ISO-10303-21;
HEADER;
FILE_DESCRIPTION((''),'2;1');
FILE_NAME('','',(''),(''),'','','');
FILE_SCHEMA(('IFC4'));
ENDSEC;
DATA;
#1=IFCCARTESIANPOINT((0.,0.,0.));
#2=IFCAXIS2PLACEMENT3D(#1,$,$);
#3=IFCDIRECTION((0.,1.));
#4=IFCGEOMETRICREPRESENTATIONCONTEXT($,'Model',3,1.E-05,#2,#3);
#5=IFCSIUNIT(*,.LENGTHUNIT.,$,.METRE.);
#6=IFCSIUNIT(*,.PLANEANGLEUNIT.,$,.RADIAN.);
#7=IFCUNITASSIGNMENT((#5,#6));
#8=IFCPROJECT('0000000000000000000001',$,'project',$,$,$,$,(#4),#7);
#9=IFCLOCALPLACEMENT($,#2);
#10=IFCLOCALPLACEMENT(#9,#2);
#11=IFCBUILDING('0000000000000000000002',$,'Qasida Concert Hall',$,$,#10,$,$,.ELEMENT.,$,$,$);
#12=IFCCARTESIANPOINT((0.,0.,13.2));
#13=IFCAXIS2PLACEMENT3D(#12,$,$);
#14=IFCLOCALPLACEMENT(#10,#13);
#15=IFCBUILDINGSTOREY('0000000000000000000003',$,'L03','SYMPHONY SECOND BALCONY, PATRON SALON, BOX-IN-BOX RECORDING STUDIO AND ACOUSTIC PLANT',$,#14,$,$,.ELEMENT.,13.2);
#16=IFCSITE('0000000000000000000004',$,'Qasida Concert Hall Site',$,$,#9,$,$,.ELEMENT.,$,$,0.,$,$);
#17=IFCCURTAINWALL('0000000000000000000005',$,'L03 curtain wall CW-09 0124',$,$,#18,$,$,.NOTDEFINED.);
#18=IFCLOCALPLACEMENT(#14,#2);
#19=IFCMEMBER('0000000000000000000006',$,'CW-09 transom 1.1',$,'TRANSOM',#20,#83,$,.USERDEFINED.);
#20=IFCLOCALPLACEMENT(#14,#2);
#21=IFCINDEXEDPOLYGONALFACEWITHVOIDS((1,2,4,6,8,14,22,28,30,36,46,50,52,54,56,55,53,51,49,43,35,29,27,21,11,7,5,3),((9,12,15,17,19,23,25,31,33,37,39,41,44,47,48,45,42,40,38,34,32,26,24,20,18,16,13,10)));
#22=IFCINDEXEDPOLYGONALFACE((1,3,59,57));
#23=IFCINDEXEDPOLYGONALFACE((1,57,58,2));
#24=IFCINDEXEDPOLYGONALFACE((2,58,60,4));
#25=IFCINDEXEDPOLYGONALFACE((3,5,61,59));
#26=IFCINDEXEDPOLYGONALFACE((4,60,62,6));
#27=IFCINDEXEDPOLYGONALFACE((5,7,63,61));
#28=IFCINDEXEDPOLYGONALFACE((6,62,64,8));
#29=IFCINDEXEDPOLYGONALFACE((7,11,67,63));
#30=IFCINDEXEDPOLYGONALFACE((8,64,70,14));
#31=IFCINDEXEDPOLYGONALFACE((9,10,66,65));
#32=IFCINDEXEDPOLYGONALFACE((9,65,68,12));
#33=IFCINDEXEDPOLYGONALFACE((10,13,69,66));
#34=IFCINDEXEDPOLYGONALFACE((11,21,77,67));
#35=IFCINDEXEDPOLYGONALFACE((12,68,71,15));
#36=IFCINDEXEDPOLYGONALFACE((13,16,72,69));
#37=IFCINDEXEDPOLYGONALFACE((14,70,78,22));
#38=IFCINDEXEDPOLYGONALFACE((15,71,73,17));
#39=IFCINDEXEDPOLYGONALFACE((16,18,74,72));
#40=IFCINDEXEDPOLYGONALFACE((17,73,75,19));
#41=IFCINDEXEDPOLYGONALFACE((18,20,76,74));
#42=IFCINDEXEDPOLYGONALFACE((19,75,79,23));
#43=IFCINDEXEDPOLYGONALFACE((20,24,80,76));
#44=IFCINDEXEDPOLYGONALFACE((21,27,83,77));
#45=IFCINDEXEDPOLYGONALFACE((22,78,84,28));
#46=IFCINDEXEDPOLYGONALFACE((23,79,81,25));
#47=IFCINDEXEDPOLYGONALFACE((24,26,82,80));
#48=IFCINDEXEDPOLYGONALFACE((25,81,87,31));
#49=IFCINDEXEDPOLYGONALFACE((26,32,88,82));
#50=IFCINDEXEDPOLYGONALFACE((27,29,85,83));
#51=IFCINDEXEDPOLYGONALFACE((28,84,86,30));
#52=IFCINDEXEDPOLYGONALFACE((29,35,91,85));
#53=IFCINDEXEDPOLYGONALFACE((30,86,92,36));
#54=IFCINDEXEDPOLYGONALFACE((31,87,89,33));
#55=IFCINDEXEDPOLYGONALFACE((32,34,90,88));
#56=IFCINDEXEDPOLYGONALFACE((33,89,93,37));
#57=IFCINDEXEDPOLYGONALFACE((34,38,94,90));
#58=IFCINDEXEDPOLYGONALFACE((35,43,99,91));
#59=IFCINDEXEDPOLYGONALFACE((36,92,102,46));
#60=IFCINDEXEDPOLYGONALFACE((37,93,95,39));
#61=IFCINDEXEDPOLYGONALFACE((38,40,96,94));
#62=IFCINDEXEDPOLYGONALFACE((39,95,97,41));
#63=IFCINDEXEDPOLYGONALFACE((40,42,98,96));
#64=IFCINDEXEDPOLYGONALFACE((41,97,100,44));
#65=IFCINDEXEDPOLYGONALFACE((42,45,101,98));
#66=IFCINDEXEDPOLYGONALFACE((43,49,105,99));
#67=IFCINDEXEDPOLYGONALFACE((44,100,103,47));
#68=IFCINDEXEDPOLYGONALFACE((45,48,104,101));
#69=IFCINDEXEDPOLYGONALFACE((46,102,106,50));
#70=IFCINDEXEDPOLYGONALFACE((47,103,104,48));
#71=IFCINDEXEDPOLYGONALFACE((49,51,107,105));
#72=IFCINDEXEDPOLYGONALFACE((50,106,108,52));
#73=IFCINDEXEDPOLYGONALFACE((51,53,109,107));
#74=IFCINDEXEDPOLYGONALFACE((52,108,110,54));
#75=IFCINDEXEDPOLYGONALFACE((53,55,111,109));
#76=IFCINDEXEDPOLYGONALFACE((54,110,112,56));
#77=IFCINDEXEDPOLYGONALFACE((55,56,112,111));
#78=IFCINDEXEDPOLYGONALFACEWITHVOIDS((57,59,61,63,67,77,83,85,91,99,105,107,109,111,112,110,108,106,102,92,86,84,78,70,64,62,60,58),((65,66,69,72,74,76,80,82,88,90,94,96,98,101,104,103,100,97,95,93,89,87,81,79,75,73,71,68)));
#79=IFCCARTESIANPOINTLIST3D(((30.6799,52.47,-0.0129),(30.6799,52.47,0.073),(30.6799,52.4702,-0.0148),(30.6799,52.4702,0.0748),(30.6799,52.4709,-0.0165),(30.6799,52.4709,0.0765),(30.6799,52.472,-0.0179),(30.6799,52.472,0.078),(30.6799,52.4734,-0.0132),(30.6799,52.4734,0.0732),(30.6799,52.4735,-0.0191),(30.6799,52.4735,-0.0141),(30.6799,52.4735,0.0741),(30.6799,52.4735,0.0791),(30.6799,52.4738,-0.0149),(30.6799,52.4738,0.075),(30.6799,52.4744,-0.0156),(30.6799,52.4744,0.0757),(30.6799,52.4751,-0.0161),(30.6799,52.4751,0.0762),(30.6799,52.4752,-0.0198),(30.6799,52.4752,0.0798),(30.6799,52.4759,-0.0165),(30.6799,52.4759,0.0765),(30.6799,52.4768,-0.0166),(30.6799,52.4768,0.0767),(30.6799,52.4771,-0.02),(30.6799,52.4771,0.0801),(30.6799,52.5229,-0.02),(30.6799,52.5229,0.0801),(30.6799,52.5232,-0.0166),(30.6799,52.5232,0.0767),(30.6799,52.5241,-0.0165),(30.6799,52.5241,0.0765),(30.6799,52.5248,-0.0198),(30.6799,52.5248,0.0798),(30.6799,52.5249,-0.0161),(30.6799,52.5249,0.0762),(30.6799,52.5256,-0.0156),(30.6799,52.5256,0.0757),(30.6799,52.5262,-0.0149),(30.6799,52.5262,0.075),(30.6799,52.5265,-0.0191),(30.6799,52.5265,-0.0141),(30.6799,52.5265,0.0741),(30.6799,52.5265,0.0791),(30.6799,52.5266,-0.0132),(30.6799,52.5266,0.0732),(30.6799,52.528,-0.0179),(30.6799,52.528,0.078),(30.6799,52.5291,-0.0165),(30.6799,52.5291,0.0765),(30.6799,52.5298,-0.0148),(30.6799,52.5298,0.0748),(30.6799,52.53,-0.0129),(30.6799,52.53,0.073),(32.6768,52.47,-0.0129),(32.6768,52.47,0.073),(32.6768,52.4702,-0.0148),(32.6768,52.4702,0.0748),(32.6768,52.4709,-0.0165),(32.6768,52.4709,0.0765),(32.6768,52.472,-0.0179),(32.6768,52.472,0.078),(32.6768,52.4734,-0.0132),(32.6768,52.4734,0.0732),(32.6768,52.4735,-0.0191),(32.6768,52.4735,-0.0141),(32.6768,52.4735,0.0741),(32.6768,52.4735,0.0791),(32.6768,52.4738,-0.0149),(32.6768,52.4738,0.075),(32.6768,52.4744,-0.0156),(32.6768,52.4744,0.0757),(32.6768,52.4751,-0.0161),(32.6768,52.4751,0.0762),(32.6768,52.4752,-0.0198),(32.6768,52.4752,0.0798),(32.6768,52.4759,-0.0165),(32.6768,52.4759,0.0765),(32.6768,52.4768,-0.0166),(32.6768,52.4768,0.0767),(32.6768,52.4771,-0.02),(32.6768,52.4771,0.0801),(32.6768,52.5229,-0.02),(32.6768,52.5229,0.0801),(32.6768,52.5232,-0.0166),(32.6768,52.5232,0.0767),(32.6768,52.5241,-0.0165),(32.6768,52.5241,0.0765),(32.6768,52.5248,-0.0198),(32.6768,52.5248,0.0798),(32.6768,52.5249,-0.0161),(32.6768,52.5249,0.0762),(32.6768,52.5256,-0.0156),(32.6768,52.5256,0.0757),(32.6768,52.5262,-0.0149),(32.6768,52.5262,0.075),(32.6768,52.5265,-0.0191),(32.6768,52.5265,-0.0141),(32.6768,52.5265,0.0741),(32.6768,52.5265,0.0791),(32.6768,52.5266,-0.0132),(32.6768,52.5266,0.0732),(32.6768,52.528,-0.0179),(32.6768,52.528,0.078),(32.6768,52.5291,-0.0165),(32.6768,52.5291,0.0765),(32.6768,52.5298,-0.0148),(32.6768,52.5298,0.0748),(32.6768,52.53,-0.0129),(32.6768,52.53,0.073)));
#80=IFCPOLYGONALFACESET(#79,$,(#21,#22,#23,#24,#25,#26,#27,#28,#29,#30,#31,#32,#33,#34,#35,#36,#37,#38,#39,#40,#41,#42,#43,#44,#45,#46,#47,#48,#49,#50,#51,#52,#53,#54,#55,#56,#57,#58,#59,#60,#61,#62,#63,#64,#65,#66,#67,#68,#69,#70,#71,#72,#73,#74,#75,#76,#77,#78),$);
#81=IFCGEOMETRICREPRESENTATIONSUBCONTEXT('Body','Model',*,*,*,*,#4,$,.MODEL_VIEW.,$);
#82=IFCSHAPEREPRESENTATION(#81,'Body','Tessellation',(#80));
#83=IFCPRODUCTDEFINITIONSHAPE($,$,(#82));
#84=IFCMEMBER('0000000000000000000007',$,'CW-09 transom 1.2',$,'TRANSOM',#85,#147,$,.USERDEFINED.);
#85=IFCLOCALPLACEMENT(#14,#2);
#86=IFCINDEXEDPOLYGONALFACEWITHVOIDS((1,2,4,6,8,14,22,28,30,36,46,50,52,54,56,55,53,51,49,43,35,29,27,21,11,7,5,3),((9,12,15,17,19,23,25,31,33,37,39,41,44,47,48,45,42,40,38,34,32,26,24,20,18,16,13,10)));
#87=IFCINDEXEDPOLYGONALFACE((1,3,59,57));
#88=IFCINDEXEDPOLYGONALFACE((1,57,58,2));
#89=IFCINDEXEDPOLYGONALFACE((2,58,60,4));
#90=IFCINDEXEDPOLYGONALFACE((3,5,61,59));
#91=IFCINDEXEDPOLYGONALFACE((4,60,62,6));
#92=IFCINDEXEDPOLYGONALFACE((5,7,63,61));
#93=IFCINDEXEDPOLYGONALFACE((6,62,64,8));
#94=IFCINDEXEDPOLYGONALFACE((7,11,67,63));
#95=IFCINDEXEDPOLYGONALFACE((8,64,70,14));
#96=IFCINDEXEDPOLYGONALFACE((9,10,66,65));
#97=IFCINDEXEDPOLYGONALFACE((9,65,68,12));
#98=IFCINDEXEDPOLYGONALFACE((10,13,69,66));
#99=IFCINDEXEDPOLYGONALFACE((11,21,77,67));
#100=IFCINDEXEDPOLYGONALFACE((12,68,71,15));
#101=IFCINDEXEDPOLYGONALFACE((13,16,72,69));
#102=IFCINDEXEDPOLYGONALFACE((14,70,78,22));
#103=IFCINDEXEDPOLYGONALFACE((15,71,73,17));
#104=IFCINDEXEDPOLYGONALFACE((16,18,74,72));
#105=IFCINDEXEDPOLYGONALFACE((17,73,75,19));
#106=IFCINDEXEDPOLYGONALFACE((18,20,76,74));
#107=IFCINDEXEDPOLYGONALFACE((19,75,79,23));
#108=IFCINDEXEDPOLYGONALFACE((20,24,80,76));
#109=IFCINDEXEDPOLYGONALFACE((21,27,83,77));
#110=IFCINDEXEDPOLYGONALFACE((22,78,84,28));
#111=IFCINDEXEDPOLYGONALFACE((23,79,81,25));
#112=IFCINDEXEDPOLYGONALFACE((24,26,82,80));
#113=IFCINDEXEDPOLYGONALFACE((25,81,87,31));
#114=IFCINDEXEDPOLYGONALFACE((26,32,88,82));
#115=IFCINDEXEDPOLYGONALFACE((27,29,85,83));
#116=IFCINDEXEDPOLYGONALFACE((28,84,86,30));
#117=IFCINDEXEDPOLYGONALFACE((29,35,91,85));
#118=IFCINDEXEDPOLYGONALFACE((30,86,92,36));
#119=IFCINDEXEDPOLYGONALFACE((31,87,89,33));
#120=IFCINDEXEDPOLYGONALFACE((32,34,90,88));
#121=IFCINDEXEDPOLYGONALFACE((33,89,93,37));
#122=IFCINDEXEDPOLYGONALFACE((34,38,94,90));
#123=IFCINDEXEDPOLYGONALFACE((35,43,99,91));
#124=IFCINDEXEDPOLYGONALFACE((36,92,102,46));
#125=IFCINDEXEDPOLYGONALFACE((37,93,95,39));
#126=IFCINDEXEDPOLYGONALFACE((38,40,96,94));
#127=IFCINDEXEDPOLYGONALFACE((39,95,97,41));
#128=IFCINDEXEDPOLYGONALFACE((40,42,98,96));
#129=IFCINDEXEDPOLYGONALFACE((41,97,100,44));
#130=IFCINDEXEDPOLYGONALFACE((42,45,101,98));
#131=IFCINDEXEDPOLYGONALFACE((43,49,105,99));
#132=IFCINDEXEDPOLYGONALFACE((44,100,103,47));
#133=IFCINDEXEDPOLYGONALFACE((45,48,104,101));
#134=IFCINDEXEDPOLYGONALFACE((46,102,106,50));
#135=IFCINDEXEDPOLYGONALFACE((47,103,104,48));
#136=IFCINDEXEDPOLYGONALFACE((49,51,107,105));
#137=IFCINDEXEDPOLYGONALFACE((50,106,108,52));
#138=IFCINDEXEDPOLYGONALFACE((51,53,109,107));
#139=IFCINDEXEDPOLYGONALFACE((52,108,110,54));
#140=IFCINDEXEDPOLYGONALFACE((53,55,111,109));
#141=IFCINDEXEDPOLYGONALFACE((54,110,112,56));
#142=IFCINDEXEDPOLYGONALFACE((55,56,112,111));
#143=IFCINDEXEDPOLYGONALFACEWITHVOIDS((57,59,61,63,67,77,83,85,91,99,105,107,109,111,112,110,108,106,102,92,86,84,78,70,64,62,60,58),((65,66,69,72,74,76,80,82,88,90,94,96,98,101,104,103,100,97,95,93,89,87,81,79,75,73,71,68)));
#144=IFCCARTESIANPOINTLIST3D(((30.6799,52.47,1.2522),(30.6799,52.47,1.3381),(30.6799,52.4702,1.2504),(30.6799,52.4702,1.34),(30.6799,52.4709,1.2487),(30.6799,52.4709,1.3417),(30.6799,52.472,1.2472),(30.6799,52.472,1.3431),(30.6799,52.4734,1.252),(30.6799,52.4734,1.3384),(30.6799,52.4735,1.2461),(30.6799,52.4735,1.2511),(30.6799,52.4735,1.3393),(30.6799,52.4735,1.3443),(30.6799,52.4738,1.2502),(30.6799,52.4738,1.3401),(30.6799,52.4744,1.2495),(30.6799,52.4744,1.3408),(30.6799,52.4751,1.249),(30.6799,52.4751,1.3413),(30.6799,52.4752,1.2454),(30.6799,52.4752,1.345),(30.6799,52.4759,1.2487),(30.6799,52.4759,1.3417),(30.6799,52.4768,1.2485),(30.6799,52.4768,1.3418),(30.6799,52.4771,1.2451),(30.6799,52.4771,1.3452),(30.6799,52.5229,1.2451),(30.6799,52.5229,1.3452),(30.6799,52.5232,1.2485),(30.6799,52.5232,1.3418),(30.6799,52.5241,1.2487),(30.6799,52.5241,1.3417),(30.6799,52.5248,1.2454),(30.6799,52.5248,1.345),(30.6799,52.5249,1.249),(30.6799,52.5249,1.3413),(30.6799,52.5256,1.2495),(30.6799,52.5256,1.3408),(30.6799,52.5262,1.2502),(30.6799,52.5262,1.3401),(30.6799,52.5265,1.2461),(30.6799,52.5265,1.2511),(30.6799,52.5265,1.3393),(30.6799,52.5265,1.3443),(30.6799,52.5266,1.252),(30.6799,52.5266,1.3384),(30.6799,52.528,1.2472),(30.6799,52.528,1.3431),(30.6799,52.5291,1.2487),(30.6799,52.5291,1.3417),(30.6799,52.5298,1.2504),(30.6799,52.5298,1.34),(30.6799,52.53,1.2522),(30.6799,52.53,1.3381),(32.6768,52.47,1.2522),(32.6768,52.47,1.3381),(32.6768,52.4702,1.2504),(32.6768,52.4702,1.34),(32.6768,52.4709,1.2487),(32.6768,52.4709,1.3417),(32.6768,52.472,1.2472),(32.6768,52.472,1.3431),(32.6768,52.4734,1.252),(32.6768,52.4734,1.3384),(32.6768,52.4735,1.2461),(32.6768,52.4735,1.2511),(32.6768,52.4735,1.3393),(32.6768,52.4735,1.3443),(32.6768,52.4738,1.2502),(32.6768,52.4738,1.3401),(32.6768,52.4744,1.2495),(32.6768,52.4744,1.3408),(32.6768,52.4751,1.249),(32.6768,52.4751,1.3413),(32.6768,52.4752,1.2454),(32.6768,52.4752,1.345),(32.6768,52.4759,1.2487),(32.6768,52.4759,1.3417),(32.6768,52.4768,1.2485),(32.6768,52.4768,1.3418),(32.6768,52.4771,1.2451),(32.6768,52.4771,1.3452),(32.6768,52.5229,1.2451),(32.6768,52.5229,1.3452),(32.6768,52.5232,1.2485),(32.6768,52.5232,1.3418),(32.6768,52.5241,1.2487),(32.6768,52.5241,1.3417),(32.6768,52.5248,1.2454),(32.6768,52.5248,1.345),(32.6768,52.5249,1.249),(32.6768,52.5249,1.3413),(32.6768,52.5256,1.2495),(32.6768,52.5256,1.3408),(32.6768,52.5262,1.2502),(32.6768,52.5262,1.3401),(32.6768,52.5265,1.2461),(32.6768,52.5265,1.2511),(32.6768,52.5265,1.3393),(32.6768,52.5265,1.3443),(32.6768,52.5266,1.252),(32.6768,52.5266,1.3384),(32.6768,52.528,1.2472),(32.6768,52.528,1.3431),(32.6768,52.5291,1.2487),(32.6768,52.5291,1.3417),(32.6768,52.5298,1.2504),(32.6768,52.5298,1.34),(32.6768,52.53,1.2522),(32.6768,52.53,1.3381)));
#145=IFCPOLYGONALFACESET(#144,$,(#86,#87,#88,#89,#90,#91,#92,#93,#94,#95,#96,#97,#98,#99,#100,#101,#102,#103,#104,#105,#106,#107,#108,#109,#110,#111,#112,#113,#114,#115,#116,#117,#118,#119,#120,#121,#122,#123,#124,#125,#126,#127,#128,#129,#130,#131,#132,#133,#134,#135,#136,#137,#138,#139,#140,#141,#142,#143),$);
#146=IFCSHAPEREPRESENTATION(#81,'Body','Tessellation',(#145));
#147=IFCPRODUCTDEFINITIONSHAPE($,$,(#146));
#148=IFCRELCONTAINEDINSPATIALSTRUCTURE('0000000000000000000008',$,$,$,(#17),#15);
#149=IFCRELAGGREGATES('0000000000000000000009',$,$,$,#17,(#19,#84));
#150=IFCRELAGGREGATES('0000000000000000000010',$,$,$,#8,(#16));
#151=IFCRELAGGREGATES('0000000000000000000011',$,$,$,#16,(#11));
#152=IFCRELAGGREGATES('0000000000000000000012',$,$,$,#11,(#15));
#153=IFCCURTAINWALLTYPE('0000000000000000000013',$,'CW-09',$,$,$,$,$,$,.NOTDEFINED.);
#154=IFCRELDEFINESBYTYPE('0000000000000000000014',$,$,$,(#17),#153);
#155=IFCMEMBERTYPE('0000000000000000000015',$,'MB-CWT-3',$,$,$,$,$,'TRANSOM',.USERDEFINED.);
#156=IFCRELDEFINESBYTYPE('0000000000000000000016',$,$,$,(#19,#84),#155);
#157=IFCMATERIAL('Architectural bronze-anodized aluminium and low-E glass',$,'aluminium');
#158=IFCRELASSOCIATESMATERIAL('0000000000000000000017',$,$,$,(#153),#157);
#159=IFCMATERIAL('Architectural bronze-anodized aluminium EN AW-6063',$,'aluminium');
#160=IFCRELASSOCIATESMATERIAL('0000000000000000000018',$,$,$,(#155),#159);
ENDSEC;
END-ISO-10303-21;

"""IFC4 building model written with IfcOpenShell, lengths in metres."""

from ifc_helpers import new_model, si_unit, direction, frame, origin, origin_2d, place, context, subcontext, project, spatial, hollow_rectangle, extrude, material, material_profile, profile_set, type_object, element, aggregate, save


model = new_model("IFC4")

# Units and contexts
model_context = context("Model", 3, precision=1e-05, world=origin(), true_north=direction((0.0, 1.0)))
body_context = subcontext(model_context, "Body", "Model", "MODEL_VIEW")
ifc_project = project(units=[si_unit("LENGTHUNIT", "METRE"), si_unit("PLANEANGLEUNIT", "RADIAN")], contexts=[model_context])

# Site, building, storey
site_placement = place(None, origin())
site = spatial("IfcSite", under=ifc_project, at=site_placement, Name="Qasida Concert Hall Site", CompositionType="ELEMENT", RefElevation=0.0)
building_placement = place(site_placement, origin())
building = spatial("IfcBuilding", under=site, at=building_placement, Name="Qasida Concert Hall", CompositionType="ELEMENT")
storey_placement = place(building_placement, frame((0.0, 0.0, 13.2)))
storey = spatial("IfcBuildingStorey", under=building, at=storey_placement, Name="L03", Description="SYMPHONY SECOND BALCONY, PATRON SALON, BOX-IN-BOX RECORDING STUDIO AND ACOUSTIC PLANT", CompositionType="ELEMENT", Elevation=13.2)

# Curtain wall
ifc_material_1 = material(Name="Architectural bronze-anodized aluminium and low-E glass", Category="aluminium")
curtain_wall_type = type_object("IfcCurtainWallType", Name="CW-09", PredefinedType="NOTDEFINED", material=ifc_material_1)
curtain_wall_1_placement = place(storey_placement, origin())
curtain_wall_1 = element("IfcCurtainWall", 1, at=curtain_wall_1_placement, inside=storey, type_object=curtain_wall_type, Name="L03 curtain wall CW-09 0124", PredefinedType="NOTDEFINED")
ifc_material_2 = material(Name="Architectural bronze-anodized aluminium EN AW-6063", Category="aluminium")

# Members
ifc_material_profile_1 = material_profile(ifc_material_2, hollow_rectangle(XDim=0.0601, YDim=0.1001, WallThickness=0.0034, InnerFilletRadius=0.0034, OuterFilletRadius=0.0071, at=origin_2d()), Name="CWT 100x60x3.5")
ifc_profile_set_1 = profile_set([ifc_material_profile_1], Name="Architectural bronze-anodized aluminium EN AW-6063")
member_type_1 = type_object("IfcMemberType", Name="MB-CWT-3", ElementType="TRANSOM", PredefinedType="USERDEFINED", material=ifc_profile_set_1)
member_1_placement = place(storey_placement, frame((30.6799, 52.5, 0.03), z_axis=(1.0, 0.0, 0.0), x_axis=(0.0, 1.0, 0.0)))
member_1 = element("IfcMember", 2, at=member_1_placement, type_object=member_type_1, Name="CW-09 transom 1.1", ObjectType="TRANSOM", PredefinedType="USERDEFINED", context=body_context, shape_type="SweptSolid", body=[
    extrude(hollow_rectangle(XDim=0.0601, YDim=0.1001, WallThickness=0.0034, InnerFilletRadius=0.0034, OuterFilletRadius=0.0071, at=origin_2d()), origin(), (0.0, 0.0, 1.0), 1.9968),
])
member_2_placement = place(storey_placement, frame((30.6799, 52.5, 1.2952), z_axis=(1.0, 0.0, 0.0), x_axis=(0.0, 1.0, 0.0)))
member_2 = element("IfcMember", 3, at=member_2_placement, type_object=member_type_1, Name="CW-09 transom 1.2", ObjectType="TRANSOM", PredefinedType="USERDEFINED", context=body_context, shape_type="SweptSolid", body=[
    extrude(hollow_rectangle(XDim=0.0601, YDim=0.1001, WallThickness=0.0034, InnerFilletRadius=0.0034, OuterFilletRadius=0.0071, at=origin_2d()), origin(), (0.0, 0.0, 1.0), 1.9968),
])

aggregate(curtain_wall_1, [member_1, member_2])

save(model, "model.ifc")
